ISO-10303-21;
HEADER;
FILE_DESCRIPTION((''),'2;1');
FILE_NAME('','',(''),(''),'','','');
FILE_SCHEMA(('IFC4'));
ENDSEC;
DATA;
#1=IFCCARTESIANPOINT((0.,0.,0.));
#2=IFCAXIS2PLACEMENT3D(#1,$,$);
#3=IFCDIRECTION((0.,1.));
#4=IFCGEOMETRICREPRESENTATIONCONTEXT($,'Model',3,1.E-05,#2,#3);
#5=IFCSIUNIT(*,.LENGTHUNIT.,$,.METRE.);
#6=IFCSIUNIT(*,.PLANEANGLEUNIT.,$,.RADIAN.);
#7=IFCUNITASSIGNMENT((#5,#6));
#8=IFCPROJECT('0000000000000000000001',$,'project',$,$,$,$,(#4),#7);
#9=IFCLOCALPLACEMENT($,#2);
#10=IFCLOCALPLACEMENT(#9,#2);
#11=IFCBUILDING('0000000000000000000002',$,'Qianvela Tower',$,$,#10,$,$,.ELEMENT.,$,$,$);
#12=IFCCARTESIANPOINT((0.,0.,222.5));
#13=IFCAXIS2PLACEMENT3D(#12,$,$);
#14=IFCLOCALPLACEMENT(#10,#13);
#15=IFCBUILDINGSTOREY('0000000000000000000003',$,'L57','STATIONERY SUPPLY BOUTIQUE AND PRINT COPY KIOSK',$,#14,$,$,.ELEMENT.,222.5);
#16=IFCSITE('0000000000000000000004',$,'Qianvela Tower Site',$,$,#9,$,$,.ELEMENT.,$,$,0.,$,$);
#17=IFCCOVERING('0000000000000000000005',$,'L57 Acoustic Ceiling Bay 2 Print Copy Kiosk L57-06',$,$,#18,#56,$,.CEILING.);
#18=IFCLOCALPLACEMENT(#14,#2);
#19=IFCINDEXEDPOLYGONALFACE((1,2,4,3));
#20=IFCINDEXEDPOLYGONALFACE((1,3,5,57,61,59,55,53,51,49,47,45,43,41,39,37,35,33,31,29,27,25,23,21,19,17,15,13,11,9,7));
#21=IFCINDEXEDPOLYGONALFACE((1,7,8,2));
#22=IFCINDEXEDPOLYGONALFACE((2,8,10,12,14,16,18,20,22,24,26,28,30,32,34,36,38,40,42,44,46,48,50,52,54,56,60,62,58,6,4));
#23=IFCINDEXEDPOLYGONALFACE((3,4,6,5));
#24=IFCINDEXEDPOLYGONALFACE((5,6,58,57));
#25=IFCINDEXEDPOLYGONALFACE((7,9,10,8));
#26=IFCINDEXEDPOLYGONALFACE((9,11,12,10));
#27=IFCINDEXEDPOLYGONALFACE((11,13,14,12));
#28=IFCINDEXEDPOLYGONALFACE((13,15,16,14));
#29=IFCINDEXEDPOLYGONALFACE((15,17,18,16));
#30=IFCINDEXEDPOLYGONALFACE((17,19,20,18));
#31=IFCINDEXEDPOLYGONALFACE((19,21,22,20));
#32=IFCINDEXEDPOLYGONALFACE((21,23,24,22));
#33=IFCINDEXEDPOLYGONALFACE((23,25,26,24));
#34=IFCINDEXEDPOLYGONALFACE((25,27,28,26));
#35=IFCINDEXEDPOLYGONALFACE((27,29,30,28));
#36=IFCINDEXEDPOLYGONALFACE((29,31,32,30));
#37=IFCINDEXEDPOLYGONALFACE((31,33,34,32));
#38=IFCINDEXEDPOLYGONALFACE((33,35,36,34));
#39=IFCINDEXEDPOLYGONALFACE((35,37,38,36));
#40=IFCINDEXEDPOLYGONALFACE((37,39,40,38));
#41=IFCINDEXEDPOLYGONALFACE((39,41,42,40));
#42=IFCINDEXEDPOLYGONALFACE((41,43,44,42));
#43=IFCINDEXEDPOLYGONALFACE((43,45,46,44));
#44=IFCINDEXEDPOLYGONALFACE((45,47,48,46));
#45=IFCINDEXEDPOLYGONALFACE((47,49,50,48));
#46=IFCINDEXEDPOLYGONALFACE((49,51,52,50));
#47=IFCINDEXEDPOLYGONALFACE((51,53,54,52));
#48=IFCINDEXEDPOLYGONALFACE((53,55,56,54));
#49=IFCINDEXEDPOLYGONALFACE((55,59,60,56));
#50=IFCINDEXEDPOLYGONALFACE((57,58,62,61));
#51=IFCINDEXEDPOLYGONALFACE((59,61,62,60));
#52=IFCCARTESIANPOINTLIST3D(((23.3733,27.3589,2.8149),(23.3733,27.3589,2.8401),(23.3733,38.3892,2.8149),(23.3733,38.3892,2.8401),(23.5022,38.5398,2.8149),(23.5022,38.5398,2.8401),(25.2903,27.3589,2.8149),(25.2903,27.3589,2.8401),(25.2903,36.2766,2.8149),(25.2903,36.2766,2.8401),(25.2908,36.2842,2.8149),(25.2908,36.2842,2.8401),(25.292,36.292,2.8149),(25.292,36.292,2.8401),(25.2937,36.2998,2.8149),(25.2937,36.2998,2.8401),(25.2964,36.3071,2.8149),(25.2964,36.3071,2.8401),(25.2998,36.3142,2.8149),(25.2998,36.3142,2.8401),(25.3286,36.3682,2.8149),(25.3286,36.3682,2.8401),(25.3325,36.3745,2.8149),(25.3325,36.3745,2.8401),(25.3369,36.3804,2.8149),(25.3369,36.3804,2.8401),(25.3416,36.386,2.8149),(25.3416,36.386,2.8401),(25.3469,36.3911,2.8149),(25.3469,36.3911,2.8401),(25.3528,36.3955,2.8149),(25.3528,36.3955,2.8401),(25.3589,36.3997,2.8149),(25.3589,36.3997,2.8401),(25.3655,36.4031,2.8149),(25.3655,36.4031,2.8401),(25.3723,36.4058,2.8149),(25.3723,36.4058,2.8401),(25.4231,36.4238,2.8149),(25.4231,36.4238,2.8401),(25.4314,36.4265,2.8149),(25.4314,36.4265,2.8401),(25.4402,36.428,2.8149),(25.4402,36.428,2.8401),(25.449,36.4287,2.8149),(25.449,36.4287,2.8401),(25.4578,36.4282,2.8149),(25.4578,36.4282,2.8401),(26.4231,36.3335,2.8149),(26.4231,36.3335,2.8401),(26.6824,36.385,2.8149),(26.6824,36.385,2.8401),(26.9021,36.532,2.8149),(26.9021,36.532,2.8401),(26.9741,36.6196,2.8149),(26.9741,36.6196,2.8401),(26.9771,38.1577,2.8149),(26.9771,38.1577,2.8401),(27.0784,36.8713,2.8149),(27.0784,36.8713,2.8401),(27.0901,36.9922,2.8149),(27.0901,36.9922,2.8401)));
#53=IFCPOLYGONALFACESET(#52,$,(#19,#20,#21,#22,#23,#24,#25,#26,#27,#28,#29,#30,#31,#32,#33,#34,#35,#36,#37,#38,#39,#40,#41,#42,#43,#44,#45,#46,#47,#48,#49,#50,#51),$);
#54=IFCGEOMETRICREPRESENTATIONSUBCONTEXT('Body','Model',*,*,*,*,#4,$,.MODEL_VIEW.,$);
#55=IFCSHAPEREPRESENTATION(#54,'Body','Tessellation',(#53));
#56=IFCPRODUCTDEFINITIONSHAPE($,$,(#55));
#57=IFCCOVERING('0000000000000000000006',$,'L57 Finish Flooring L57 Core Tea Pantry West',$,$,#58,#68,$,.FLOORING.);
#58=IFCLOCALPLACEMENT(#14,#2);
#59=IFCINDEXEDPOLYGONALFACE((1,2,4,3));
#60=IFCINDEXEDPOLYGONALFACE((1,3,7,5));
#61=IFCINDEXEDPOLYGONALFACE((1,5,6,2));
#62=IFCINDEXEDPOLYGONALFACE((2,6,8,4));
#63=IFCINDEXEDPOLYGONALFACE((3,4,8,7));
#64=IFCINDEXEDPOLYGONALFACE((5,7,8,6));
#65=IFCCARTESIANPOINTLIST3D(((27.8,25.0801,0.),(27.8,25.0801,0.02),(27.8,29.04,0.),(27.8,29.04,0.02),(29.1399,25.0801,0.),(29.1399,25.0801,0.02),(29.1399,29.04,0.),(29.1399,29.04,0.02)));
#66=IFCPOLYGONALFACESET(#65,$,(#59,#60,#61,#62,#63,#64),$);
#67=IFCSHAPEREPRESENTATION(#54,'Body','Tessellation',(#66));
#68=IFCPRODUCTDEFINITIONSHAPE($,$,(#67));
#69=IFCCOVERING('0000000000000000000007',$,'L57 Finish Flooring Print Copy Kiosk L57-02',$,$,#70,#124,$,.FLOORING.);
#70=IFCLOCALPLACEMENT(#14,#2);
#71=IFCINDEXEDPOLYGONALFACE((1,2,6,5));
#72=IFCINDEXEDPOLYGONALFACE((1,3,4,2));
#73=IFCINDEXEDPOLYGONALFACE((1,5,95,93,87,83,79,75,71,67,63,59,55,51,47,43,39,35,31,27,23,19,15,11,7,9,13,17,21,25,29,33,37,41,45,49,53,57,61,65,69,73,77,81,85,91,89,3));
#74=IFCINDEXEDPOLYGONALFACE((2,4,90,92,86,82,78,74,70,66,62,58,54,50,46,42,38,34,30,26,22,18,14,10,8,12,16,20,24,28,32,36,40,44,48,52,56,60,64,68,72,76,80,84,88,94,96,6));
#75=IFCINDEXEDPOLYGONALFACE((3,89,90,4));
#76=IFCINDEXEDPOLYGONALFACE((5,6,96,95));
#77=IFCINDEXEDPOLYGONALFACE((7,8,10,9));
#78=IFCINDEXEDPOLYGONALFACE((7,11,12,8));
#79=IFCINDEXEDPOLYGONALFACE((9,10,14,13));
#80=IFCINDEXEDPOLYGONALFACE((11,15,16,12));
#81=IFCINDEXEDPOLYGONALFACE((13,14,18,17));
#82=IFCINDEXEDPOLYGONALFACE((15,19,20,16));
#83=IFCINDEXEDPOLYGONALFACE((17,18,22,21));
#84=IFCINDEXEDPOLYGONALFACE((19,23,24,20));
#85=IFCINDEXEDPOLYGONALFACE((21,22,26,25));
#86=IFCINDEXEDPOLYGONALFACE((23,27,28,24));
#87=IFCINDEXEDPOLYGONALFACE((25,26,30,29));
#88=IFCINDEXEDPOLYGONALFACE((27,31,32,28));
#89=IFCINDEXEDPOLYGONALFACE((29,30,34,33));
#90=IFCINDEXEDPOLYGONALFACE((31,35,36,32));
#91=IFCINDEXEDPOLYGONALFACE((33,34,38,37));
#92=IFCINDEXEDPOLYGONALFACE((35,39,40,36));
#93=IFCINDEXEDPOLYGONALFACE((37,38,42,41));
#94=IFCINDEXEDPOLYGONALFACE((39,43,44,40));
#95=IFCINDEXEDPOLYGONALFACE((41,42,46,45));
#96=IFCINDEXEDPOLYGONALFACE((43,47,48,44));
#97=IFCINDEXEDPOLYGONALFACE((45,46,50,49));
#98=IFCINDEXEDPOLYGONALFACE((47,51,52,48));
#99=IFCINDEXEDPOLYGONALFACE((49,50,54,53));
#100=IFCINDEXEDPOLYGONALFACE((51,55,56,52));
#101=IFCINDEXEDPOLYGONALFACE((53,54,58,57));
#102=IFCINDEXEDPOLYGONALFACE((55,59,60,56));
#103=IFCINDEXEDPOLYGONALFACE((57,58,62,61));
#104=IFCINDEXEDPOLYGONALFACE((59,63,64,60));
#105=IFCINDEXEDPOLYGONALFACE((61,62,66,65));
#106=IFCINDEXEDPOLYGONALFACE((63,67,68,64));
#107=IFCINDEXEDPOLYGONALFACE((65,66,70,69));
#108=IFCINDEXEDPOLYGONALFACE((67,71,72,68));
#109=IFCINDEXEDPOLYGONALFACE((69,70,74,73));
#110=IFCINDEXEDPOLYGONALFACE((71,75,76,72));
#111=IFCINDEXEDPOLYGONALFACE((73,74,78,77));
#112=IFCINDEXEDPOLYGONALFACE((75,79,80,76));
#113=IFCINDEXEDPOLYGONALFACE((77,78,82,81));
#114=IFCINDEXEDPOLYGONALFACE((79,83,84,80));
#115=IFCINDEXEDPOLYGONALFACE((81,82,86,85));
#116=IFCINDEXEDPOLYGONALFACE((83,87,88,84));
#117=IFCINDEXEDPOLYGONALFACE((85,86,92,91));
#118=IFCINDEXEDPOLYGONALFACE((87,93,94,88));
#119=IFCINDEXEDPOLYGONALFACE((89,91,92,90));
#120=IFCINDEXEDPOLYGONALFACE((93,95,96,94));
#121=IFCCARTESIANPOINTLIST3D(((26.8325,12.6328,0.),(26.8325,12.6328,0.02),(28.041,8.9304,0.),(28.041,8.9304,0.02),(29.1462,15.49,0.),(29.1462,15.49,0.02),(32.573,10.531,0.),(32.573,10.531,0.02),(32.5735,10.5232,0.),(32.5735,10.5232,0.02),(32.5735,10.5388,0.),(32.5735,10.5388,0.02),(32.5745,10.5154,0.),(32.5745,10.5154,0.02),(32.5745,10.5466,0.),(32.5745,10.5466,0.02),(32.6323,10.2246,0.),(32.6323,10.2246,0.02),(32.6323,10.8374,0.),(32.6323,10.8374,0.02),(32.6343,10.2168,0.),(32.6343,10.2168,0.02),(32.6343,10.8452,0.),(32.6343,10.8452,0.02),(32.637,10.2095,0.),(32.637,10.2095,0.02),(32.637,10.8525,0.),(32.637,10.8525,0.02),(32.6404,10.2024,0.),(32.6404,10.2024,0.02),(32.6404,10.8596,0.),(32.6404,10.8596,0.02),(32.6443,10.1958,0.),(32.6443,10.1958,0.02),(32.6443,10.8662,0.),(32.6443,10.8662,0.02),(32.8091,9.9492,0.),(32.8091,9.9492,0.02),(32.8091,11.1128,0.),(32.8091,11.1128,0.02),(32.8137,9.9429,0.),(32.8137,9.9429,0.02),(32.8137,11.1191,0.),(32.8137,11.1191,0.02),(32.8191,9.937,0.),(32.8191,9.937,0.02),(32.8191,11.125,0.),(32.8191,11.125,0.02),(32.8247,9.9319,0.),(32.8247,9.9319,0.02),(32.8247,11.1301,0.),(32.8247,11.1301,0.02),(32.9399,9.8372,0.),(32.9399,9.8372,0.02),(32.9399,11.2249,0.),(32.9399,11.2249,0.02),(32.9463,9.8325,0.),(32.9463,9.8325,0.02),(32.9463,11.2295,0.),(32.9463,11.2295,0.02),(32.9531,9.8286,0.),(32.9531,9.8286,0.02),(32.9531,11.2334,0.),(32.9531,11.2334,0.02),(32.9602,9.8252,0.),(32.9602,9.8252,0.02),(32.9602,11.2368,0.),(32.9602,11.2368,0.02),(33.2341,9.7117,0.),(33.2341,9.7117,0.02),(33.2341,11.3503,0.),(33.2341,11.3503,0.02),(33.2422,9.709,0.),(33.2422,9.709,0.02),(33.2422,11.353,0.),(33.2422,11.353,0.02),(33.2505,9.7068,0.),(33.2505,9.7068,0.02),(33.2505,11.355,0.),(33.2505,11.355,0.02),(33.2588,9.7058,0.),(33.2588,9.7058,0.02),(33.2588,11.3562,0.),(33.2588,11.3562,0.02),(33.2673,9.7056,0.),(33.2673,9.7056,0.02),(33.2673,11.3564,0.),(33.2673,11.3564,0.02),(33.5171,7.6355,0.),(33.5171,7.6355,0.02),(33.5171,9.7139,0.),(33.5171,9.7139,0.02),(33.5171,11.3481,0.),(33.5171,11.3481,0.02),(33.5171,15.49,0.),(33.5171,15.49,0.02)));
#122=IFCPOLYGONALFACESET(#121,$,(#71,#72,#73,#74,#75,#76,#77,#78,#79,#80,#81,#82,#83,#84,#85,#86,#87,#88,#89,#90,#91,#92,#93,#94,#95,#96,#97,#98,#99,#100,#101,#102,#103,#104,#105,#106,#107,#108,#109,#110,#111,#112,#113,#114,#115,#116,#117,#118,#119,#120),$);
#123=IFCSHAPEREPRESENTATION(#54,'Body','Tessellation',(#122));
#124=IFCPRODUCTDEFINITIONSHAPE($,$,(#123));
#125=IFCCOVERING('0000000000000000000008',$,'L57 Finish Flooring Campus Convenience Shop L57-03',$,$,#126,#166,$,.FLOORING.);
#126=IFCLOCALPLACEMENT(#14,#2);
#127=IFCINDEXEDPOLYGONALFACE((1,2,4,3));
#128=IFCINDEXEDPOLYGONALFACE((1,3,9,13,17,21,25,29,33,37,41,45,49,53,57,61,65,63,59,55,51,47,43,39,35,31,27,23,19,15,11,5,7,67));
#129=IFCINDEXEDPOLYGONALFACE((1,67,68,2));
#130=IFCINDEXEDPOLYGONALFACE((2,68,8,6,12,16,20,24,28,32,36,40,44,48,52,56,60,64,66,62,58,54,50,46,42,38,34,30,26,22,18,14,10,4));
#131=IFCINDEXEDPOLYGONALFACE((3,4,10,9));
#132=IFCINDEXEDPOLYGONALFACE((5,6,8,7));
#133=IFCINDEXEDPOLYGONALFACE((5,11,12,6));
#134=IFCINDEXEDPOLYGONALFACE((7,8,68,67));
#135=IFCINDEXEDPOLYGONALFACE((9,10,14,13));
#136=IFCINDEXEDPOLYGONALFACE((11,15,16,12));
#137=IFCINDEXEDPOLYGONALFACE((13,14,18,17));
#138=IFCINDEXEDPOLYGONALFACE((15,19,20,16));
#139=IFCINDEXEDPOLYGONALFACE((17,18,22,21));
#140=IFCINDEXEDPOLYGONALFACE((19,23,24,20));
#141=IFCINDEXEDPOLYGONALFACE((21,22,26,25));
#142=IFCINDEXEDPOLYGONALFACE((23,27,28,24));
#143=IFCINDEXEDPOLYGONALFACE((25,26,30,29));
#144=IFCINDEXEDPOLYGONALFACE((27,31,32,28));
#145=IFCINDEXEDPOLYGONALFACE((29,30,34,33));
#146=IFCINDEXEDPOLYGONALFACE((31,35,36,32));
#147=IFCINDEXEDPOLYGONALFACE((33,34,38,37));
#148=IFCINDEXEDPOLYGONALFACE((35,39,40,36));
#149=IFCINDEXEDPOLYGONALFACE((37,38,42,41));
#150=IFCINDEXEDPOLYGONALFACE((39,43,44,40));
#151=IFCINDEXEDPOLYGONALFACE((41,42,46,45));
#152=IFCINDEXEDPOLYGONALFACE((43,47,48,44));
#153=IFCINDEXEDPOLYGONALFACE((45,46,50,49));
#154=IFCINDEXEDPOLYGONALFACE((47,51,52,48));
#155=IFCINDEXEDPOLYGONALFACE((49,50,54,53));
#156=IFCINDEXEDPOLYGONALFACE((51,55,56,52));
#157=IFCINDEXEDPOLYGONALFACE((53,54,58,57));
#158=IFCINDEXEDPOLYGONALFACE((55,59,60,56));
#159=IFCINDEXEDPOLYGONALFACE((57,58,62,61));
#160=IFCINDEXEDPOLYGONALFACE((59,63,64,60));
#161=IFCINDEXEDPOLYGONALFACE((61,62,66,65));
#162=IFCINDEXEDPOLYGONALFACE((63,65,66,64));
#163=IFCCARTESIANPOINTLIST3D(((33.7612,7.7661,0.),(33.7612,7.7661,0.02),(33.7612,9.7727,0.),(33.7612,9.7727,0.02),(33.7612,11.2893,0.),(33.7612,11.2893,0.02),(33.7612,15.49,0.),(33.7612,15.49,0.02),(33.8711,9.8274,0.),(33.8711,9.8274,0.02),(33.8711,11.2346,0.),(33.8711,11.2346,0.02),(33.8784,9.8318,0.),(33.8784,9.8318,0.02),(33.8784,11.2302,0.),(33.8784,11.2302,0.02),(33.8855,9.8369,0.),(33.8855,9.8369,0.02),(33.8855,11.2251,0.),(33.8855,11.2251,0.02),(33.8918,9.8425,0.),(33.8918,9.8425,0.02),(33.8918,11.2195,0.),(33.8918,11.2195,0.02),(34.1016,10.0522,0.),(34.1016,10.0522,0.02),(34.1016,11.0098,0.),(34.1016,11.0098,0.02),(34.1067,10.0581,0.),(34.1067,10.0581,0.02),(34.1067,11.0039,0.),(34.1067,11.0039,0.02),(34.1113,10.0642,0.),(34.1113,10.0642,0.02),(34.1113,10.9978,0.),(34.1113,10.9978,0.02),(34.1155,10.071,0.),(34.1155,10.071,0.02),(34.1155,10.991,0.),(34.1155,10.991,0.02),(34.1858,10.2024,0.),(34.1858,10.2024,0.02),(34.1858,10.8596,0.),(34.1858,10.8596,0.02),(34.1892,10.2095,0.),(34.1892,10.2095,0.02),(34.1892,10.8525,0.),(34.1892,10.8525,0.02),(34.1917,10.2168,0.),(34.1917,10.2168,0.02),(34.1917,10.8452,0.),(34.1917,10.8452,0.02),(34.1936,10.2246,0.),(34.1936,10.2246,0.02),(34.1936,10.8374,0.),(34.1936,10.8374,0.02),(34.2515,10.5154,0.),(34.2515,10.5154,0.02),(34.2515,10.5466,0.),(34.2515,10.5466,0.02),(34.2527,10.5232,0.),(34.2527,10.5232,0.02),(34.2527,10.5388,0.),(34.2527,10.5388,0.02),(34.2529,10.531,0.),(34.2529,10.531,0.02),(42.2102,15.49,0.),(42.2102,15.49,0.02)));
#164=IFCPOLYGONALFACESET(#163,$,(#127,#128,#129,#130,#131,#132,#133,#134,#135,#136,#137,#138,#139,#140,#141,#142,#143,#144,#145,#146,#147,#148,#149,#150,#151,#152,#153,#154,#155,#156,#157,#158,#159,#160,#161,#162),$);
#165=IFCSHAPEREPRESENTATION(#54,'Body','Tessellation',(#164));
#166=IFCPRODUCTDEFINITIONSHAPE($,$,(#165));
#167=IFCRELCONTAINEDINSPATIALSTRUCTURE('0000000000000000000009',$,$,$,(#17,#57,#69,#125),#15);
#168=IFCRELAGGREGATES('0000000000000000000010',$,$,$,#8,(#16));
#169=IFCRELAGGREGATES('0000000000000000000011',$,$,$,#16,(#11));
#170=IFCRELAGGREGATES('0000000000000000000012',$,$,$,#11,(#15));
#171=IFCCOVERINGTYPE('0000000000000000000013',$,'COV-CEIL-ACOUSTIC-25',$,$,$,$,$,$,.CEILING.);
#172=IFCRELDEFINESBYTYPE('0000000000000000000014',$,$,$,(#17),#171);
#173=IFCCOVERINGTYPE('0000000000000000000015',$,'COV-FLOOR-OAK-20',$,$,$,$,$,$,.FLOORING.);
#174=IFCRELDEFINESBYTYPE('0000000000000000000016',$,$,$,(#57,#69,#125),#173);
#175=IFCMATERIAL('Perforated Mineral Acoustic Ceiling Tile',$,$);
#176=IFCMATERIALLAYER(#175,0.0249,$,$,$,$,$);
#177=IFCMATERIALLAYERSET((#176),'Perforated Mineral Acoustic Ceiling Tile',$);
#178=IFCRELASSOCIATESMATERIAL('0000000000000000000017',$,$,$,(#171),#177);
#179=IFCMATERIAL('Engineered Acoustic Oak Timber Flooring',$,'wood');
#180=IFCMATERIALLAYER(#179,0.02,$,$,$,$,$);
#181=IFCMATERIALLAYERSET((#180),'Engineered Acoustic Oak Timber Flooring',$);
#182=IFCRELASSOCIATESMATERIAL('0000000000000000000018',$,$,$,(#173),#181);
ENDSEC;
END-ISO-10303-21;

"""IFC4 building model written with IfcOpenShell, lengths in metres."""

from ifc_helpers import new_model, si_unit, direction, frame, origin, place, context, subcontext, project, spatial, polyline, outline, extrude, material, layer, layer_set, type_object, element, save


model = new_model("IFC4")

# Units and contexts
model_context = context("Model", 3, precision=1e-05, world=origin(), true_north=direction((0.0, 1.0)))
body_context = subcontext(model_context, "Body", "Model", "MODEL_VIEW")
ifc_project = project(units=[si_unit("LENGTHUNIT", "METRE"), si_unit("PLANEANGLEUNIT", "RADIAN")], contexts=[model_context])

# Site, building, storey
site_placement = place(None, origin())
site = spatial("IfcSite", under=ifc_project, at=site_placement, Name="Qianvela Tower Site", CompositionType="ELEMENT", RefElevation=0.0)
building_placement = place(site_placement, origin())
building = spatial("IfcBuilding", under=site, at=building_placement, Name="Qianvela Tower", CompositionType="ELEMENT")
storey_placement = place(building_placement, frame((0.0, 0.0, 222.5)))
storey = spatial("IfcBuildingStorey", under=building, at=storey_placement, Name="L57", Description="STATIONERY SUPPLY BOUTIQUE AND PRINT COPY KIOSK", CompositionType="ELEMENT", Elevation=222.5)

# Coverings
ifc_material_1 = material(Name="Perforated Mineral Acoustic Ceiling Tile")
ifc_layer_1 = layer(ifc_material_1, 0.0249)
ifc_layer_set_1 = layer_set([ifc_layer_1], Name="Perforated Mineral Acoustic Ceiling Tile")
covering_type_1 = type_object("IfcCoveringType", Name="COV-CEIL-ACOUSTIC-25", PredefinedType="CEILING", material=ifc_layer_set_1)
covering_1_placement = place(storey_placement, frame((0.0, 0.0, 2.8149)))
element("IfcCovering", 1, at=covering_1_placement, inside=storey, type_object=covering_type_1, Name="L57 Acoustic Ceiling Bay 2 Print Copy Kiosk L57-06", PredefinedType="CEILING", context=body_context, shape_type="SweptSolid", body=[
    extrude(outline(polyline([(27.0901, 36.9922), (27.0784, 36.8713), (26.9741, 36.6196), (26.9021, 36.532), (26.6824, 36.385), (26.4231, 36.3335), (25.4578, 36.4282), (25.449, 36.4287), (25.4402, 36.428), (25.4314, 36.4265), (25.4231, 36.4238), (25.3723, 36.4058), (25.3655, 36.4031), (25.3589, 36.3997), (25.3528, 36.3955), (25.3469, 36.3911), (25.3416, 36.386), (25.3369, 36.3804), (25.3325, 36.3745), (25.3286, 36.3682), (25.2998, 36.3142), (25.2964, 36.3071), (25.2937, 36.2998), (25.292, 36.292), (25.2908, 36.2842), (25.2903, 36.2766), (25.2903, 27.3589), (23.3733, 27.3589), (23.3733, 38.3892), (23.5022, 38.5398), (26.9771, 38.1577), (27.0901, 36.9922)])), origin(), (0.0, 0.0, 1.0), 0.0251),
])
ifc_material_2 = material(Name="Engineered Acoustic Oak Timber Flooring", Category="wood")
ifc_layer_2 = layer(ifc_material_2, 0.02)
ifc_layer_set_2 = layer_set([ifc_layer_2], Name="Engineered Acoustic Oak Timber Flooring")
covering_type_2 = type_object("IfcCoveringType", Name="COV-FLOOR-OAK-20", PredefinedType="FLOORING", material=ifc_layer_set_2)
covering_2_placement = place(storey_placement, origin())
element("IfcCovering", 2, at=covering_2_placement, inside=storey, type_object=covering_type_2, Name="L57 Finish Flooring L57 Core Tea Pantry West", PredefinedType="FLOORING", context=body_context, shape_type="SweptSolid", body=[
    extrude(outline(polyline([(27.8, 25.0801), (27.8, 29.04), (29.1399, 29.04), (29.1399, 25.0801), (27.8, 25.0801)])), origin(), (0.0, 0.0, 1.0), 0.02),
])
covering_3_placement = place(storey_placement, origin())
element("IfcCovering", 3, at=covering_3_placement, inside=storey, type_object=covering_type_2, Name="L57 Finish Flooring Print Copy Kiosk L57-02", PredefinedType="FLOORING", context=body_context, shape_type="SweptSolid", body=[
    extrude(outline(polyline([(33.5171, 15.49), (33.5171, 11.3481), (33.2673, 11.3564), (33.2588, 11.3562), (33.2505, 11.355), (33.2422, 11.353), (33.2341, 11.3503), (32.9602, 11.2368), (32.9531, 11.2334), (32.9463, 11.2295), (32.9399, 11.2249), (32.8247, 11.1301), (32.8191, 11.125), (32.8137, 11.1191), (32.8091, 11.1128), (32.6443, 10.8662), (32.6404, 10.8596), (32.637, 10.8525), (32.6343, 10.8452), (32.6323, 10.8374), (32.5745, 10.5466), (32.5735, 10.5388), (32.573, 10.531), (32.5735, 10.5232), (32.5745, 10.5154), (32.6323, 10.2246), (32.6343, 10.2168), (32.637, 10.2095), (32.6404, 10.2024), (32.6443, 10.1958), (32.8091, 9.9492), (32.8137, 9.9429), (32.8191, 9.937), (32.8247, 9.9319), (32.9399, 9.8372), (32.9463, 9.8325), (32.9531, 9.8286), (32.9602, 9.8252), (33.2341, 9.7117), (33.2422, 9.709), (33.2505, 9.7068), (33.2588, 9.7058), (33.2673, 9.7056), (33.5171, 9.7139), (33.5171, 7.6355), (28.041, 8.9304), (26.8325, 12.6328), (29.1462, 15.49), (33.5171, 15.49)])), origin(), (0.0, 0.0, 1.0), 0.02),
])
covering_4_placement = place(storey_placement, origin())
element("IfcCovering", 4, at=covering_4_placement, inside=storey, type_object=covering_type_2, Name="L57 Finish Flooring Campus Convenience Shop L57-03", PredefinedType="FLOORING", context=body_context, shape_type="SweptSolid", body=[
    extrude(outline(polyline([(33.7612, 9.7727), (33.8711, 9.8274), (33.8784, 9.8318), (33.8855, 9.8369), (33.8918, 9.8425), (34.1016, 10.0522), (34.1067, 10.0581), (34.1113, 10.0642), (34.1155, 10.071), (34.1858, 10.2024), (34.1892, 10.2095), (34.1917, 10.2168), (34.1936, 10.2246), (34.2515, 10.5154), (34.2527, 10.5232), (34.2529, 10.531), (34.2527, 10.5388), (34.2515, 10.5466), (34.1936, 10.8374), (34.1917, 10.8452), (34.1892, 10.8525), (34.1858, 10.8596), (34.1155, 10.991), (34.1113, 10.9978), (34.1067, 11.0039), (34.1016, 11.0098), (33.8918, 11.2195), (33.8855, 11.2251), (33.8784, 11.2302), (33.8711, 11.2346), (33.7612, 11.2893), (33.7612, 15.49), (42.2102, 15.49), (33.7612, 7.7661), (33.7612, 9.7727)])), origin(), (0.0, 0.0, 1.0), 0.02),
])

save(model, "model.ifc")
